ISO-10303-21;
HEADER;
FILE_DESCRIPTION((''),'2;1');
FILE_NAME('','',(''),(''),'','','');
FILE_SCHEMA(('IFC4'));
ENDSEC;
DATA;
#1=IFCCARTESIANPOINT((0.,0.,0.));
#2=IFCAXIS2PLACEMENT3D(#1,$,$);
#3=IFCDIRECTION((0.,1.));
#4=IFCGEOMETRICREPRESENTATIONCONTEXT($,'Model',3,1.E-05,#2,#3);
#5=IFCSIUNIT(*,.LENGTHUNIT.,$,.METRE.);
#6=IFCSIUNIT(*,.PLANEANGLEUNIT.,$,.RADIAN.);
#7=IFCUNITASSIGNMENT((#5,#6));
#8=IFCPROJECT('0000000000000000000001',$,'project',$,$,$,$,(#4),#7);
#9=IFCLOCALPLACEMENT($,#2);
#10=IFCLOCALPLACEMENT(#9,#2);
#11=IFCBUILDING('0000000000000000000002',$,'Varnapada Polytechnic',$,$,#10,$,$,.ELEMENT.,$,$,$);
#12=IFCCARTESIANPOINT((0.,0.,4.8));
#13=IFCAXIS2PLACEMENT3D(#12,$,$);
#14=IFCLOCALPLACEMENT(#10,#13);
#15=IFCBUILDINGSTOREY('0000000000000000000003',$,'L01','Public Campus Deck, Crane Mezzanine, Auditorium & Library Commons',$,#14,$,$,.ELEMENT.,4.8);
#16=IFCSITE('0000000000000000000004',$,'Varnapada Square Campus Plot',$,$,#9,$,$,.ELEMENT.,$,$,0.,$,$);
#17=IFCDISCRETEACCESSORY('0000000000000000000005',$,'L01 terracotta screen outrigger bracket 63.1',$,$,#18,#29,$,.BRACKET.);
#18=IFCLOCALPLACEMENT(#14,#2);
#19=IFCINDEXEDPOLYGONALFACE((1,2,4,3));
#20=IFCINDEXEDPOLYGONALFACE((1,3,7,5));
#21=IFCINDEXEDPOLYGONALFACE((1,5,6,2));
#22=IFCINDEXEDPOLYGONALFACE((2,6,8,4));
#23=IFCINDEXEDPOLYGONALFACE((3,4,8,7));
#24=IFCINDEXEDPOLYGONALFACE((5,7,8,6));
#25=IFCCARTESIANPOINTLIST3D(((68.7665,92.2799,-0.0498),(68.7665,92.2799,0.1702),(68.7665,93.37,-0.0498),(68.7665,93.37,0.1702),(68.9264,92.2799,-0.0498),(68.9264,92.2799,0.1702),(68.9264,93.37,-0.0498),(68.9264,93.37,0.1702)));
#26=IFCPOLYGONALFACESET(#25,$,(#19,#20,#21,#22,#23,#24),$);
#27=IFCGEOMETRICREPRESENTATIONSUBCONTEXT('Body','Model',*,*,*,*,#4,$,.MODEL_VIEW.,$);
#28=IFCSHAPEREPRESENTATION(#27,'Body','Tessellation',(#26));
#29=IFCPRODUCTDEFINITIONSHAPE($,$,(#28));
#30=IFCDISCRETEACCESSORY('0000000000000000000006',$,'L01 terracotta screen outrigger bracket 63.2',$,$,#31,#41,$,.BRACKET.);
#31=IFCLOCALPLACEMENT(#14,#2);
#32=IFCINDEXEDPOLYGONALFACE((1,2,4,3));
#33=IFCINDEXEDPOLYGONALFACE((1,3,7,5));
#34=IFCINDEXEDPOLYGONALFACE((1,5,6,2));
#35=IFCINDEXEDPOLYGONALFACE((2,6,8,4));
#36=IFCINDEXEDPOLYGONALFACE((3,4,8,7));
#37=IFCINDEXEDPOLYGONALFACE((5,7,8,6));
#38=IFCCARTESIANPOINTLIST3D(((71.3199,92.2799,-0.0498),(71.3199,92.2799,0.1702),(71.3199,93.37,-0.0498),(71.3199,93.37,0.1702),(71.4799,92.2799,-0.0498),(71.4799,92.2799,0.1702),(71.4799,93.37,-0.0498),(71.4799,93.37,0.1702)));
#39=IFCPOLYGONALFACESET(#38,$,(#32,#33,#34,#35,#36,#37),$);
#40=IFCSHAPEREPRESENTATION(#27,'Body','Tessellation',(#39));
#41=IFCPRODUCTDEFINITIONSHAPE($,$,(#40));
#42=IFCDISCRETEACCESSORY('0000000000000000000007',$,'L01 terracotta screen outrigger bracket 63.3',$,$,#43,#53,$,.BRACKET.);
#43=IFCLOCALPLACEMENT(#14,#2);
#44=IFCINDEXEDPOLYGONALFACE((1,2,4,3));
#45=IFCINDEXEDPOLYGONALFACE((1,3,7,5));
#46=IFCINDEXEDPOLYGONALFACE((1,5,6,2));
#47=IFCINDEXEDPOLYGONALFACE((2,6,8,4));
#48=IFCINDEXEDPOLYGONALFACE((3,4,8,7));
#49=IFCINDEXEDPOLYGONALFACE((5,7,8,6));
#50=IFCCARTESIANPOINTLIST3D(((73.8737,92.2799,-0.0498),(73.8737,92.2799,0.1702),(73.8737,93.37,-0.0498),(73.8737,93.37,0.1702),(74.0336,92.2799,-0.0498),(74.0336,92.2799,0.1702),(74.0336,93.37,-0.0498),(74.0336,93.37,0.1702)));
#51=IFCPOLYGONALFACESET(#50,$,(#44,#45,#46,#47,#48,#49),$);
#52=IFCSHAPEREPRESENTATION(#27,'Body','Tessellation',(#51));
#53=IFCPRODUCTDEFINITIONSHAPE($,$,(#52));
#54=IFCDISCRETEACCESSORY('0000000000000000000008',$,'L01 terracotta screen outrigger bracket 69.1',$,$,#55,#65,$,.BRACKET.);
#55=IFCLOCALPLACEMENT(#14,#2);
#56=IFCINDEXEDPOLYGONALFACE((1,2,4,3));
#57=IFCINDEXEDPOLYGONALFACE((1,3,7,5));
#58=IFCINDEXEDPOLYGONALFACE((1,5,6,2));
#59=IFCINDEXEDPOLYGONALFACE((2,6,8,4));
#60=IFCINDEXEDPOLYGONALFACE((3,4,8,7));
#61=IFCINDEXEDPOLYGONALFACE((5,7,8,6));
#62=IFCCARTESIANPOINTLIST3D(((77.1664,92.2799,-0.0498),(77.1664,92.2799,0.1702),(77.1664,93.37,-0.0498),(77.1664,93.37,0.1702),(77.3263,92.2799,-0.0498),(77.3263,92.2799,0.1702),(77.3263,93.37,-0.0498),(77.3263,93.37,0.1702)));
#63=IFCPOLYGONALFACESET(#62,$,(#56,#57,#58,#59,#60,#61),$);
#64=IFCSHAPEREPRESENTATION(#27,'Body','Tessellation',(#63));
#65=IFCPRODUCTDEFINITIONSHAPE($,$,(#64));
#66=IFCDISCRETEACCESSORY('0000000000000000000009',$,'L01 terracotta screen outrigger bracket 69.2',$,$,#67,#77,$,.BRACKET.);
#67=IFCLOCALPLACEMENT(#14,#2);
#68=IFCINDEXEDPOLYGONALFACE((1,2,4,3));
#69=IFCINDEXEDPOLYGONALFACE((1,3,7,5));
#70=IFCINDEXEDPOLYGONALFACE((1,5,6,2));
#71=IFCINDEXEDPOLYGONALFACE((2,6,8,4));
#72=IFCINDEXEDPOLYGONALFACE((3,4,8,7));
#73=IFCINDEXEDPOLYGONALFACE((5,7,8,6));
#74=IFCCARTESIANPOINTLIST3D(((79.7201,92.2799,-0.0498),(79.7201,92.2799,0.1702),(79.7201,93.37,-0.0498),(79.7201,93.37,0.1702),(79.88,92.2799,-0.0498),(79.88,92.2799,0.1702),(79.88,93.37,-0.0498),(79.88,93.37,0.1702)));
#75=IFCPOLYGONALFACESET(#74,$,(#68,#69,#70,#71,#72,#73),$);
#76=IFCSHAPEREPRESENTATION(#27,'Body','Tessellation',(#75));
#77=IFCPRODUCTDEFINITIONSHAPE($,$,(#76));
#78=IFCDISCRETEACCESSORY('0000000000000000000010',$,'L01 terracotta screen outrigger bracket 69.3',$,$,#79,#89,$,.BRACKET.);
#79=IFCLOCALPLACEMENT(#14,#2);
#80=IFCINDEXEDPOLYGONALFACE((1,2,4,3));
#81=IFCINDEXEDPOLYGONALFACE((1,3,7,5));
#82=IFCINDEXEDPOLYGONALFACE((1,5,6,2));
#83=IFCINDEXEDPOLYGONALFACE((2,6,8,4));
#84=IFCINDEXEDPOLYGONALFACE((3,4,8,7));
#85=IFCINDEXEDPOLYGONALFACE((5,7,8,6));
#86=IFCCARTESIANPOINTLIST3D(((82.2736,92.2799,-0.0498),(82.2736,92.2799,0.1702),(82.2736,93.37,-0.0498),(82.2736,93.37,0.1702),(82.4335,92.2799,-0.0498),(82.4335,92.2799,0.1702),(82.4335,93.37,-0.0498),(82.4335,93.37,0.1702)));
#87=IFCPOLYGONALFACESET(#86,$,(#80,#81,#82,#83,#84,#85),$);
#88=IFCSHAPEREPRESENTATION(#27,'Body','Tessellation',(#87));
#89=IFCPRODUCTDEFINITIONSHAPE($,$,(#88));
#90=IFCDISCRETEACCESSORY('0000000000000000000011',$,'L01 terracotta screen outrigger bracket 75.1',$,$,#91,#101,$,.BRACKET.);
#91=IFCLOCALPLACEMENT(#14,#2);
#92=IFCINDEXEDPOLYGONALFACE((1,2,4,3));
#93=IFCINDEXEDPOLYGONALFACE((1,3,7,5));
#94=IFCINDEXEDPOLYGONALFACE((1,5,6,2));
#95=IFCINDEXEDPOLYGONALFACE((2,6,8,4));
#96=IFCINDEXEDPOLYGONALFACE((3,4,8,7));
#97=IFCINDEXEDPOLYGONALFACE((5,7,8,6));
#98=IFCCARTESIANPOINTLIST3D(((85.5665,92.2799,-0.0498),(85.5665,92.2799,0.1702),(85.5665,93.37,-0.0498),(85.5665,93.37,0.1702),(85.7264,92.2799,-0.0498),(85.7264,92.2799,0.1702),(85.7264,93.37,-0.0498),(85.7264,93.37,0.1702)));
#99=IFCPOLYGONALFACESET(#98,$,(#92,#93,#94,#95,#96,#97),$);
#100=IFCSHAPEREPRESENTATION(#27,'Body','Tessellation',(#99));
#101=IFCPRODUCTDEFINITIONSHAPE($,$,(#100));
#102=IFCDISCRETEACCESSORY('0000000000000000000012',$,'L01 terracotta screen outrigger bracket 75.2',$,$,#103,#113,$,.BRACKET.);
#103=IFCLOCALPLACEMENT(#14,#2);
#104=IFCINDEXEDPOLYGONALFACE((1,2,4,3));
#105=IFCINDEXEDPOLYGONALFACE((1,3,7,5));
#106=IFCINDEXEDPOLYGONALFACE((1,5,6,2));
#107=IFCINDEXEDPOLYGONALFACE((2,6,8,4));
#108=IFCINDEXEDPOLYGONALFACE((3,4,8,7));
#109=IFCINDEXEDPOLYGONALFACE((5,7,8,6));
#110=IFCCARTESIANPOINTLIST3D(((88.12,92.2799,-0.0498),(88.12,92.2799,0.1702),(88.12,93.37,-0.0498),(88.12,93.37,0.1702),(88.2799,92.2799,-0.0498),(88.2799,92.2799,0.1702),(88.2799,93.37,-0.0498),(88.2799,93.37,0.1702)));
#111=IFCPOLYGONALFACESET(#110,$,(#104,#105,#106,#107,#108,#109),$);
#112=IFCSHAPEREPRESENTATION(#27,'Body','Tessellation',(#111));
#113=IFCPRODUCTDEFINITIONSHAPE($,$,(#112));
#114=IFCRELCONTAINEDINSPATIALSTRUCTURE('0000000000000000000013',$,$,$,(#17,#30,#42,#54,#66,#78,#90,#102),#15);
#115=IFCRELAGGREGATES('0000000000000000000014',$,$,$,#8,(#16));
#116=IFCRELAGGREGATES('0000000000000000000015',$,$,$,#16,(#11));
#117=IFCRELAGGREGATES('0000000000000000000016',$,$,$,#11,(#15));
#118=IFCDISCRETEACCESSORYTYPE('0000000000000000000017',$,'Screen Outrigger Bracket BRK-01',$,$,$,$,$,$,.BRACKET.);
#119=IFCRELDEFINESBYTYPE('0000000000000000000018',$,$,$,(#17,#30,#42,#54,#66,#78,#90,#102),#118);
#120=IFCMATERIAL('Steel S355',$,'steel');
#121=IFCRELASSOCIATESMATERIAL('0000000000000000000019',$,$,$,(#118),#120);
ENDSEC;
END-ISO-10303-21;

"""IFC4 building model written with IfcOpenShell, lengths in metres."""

from ifc_helpers import new_model, si_unit, direction, frame, origin, origin_2d, place, context, subcontext, project, spatial, rectangle, extrude, material, type_object, element, save


model = new_model("IFC4")

# Units and contexts
model_context = context("Model", 3, precision=1e-05, world=origin(), true_north=direction((0.0, 1.0)))
body_context = subcontext(model_context, "Body", "Model", "MODEL_VIEW")
ifc_project = project(units=[si_unit("LENGTHUNIT", "METRE"), si_unit("PLANEANGLEUNIT", "RADIAN")], contexts=[model_context])

# Site, building, storey
site_placement = place(None, origin())
site = spatial("IfcSite", under=ifc_project, at=site_placement, Name="Varnapada Square Campus Plot", CompositionType="ELEMENT", RefElevation=0.0)
building_placement = place(site_placement, origin())
building = spatial("IfcBuilding", under=site, at=building_placement, Name="Varnapada Polytechnic", CompositionType="ELEMENT")
storey_placement = place(building_placement, frame((0.0, 0.0, 4.8)))
storey = spatial("IfcBuildingStorey", under=building, at=storey_placement, Name="L01", Description="Public Campus Deck, Crane Mezzanine, Auditorium & Library Commons", CompositionType="ELEMENT", Elevation=4.8)

# Discrete accessories
ifc_material_1 = material(Name="Steel S355", Category="steel")
discrete_accessory_type = type_object("IfcDiscreteAccessoryType", Name="Screen Outrigger Bracket BRK-01", PredefinedType="BRACKET", material=ifc_material_1)
for number, where, z_axis, x_axis, name in (
    (1, (68.8464, 92.825, -0.0498), (0.0, 0.0, 1.0), (1.0, 0.0, 0.0), "L01 terracotta screen outrigger bracket 63.1"),
    (2, (71.3999, 92.825, -0.0498), (0.0, 0.0, 1.0), (1.0, 0.0, 0.0), "L01 terracotta screen outrigger bracket 63.2"),
    (3, (73.9536, 92.825, -0.0498), (0.0, 0.0, 1.0), (1.0, 0.0, 0.0), "L01 terracotta screen outrigger bracket 63.3"),
    (4, (77.2463, 92.825, -0.0498), (0.0, 0.0, 1.0), (1.0, 0.0, 0.0), "L01 terracotta screen outrigger bracket 69.1"),
    (5, (79.8, 92.825, -0.0498), (0.0, 0.0, 1.0), (1.0, 0.0, 0.0), "L01 terracotta screen outrigger bracket 69.2"),
    (6, (82.3535, 92.825, -0.0498), (0.0, 0.0, 1.0), (1.0, 0.0, 0.0), "L01 terracotta screen outrigger bracket 69.3"),
    (7, (85.6465, 92.825, -0.0498), (0.0, 0.0, 1.0), (1.0, 0.0, 0.0), "L01 terracotta screen outrigger bracket 75.1"),
    (8, (88.2, 92.825, -0.0498), (0.0, 0.0, 1.0), (1.0, 0.0, 0.0), "L01 terracotta screen outrigger bracket 75.2"),
):
    element("IfcDiscreteAccessory", number, at=place(storey_placement, frame(where, z_axis=z_axis, x_axis=x_axis)), inside=storey, type_object=discrete_accessory_type, Name=name, PredefinedType="BRACKET", context=body_context, shape_type="SweptSolid", body=[
        extrude(rectangle(XDim=0.1599, YDim=1.0901, at=origin_2d()), origin(), (0.0, 0.0, 1.0), 0.22),
    ])

save(model, "model.ifc")
